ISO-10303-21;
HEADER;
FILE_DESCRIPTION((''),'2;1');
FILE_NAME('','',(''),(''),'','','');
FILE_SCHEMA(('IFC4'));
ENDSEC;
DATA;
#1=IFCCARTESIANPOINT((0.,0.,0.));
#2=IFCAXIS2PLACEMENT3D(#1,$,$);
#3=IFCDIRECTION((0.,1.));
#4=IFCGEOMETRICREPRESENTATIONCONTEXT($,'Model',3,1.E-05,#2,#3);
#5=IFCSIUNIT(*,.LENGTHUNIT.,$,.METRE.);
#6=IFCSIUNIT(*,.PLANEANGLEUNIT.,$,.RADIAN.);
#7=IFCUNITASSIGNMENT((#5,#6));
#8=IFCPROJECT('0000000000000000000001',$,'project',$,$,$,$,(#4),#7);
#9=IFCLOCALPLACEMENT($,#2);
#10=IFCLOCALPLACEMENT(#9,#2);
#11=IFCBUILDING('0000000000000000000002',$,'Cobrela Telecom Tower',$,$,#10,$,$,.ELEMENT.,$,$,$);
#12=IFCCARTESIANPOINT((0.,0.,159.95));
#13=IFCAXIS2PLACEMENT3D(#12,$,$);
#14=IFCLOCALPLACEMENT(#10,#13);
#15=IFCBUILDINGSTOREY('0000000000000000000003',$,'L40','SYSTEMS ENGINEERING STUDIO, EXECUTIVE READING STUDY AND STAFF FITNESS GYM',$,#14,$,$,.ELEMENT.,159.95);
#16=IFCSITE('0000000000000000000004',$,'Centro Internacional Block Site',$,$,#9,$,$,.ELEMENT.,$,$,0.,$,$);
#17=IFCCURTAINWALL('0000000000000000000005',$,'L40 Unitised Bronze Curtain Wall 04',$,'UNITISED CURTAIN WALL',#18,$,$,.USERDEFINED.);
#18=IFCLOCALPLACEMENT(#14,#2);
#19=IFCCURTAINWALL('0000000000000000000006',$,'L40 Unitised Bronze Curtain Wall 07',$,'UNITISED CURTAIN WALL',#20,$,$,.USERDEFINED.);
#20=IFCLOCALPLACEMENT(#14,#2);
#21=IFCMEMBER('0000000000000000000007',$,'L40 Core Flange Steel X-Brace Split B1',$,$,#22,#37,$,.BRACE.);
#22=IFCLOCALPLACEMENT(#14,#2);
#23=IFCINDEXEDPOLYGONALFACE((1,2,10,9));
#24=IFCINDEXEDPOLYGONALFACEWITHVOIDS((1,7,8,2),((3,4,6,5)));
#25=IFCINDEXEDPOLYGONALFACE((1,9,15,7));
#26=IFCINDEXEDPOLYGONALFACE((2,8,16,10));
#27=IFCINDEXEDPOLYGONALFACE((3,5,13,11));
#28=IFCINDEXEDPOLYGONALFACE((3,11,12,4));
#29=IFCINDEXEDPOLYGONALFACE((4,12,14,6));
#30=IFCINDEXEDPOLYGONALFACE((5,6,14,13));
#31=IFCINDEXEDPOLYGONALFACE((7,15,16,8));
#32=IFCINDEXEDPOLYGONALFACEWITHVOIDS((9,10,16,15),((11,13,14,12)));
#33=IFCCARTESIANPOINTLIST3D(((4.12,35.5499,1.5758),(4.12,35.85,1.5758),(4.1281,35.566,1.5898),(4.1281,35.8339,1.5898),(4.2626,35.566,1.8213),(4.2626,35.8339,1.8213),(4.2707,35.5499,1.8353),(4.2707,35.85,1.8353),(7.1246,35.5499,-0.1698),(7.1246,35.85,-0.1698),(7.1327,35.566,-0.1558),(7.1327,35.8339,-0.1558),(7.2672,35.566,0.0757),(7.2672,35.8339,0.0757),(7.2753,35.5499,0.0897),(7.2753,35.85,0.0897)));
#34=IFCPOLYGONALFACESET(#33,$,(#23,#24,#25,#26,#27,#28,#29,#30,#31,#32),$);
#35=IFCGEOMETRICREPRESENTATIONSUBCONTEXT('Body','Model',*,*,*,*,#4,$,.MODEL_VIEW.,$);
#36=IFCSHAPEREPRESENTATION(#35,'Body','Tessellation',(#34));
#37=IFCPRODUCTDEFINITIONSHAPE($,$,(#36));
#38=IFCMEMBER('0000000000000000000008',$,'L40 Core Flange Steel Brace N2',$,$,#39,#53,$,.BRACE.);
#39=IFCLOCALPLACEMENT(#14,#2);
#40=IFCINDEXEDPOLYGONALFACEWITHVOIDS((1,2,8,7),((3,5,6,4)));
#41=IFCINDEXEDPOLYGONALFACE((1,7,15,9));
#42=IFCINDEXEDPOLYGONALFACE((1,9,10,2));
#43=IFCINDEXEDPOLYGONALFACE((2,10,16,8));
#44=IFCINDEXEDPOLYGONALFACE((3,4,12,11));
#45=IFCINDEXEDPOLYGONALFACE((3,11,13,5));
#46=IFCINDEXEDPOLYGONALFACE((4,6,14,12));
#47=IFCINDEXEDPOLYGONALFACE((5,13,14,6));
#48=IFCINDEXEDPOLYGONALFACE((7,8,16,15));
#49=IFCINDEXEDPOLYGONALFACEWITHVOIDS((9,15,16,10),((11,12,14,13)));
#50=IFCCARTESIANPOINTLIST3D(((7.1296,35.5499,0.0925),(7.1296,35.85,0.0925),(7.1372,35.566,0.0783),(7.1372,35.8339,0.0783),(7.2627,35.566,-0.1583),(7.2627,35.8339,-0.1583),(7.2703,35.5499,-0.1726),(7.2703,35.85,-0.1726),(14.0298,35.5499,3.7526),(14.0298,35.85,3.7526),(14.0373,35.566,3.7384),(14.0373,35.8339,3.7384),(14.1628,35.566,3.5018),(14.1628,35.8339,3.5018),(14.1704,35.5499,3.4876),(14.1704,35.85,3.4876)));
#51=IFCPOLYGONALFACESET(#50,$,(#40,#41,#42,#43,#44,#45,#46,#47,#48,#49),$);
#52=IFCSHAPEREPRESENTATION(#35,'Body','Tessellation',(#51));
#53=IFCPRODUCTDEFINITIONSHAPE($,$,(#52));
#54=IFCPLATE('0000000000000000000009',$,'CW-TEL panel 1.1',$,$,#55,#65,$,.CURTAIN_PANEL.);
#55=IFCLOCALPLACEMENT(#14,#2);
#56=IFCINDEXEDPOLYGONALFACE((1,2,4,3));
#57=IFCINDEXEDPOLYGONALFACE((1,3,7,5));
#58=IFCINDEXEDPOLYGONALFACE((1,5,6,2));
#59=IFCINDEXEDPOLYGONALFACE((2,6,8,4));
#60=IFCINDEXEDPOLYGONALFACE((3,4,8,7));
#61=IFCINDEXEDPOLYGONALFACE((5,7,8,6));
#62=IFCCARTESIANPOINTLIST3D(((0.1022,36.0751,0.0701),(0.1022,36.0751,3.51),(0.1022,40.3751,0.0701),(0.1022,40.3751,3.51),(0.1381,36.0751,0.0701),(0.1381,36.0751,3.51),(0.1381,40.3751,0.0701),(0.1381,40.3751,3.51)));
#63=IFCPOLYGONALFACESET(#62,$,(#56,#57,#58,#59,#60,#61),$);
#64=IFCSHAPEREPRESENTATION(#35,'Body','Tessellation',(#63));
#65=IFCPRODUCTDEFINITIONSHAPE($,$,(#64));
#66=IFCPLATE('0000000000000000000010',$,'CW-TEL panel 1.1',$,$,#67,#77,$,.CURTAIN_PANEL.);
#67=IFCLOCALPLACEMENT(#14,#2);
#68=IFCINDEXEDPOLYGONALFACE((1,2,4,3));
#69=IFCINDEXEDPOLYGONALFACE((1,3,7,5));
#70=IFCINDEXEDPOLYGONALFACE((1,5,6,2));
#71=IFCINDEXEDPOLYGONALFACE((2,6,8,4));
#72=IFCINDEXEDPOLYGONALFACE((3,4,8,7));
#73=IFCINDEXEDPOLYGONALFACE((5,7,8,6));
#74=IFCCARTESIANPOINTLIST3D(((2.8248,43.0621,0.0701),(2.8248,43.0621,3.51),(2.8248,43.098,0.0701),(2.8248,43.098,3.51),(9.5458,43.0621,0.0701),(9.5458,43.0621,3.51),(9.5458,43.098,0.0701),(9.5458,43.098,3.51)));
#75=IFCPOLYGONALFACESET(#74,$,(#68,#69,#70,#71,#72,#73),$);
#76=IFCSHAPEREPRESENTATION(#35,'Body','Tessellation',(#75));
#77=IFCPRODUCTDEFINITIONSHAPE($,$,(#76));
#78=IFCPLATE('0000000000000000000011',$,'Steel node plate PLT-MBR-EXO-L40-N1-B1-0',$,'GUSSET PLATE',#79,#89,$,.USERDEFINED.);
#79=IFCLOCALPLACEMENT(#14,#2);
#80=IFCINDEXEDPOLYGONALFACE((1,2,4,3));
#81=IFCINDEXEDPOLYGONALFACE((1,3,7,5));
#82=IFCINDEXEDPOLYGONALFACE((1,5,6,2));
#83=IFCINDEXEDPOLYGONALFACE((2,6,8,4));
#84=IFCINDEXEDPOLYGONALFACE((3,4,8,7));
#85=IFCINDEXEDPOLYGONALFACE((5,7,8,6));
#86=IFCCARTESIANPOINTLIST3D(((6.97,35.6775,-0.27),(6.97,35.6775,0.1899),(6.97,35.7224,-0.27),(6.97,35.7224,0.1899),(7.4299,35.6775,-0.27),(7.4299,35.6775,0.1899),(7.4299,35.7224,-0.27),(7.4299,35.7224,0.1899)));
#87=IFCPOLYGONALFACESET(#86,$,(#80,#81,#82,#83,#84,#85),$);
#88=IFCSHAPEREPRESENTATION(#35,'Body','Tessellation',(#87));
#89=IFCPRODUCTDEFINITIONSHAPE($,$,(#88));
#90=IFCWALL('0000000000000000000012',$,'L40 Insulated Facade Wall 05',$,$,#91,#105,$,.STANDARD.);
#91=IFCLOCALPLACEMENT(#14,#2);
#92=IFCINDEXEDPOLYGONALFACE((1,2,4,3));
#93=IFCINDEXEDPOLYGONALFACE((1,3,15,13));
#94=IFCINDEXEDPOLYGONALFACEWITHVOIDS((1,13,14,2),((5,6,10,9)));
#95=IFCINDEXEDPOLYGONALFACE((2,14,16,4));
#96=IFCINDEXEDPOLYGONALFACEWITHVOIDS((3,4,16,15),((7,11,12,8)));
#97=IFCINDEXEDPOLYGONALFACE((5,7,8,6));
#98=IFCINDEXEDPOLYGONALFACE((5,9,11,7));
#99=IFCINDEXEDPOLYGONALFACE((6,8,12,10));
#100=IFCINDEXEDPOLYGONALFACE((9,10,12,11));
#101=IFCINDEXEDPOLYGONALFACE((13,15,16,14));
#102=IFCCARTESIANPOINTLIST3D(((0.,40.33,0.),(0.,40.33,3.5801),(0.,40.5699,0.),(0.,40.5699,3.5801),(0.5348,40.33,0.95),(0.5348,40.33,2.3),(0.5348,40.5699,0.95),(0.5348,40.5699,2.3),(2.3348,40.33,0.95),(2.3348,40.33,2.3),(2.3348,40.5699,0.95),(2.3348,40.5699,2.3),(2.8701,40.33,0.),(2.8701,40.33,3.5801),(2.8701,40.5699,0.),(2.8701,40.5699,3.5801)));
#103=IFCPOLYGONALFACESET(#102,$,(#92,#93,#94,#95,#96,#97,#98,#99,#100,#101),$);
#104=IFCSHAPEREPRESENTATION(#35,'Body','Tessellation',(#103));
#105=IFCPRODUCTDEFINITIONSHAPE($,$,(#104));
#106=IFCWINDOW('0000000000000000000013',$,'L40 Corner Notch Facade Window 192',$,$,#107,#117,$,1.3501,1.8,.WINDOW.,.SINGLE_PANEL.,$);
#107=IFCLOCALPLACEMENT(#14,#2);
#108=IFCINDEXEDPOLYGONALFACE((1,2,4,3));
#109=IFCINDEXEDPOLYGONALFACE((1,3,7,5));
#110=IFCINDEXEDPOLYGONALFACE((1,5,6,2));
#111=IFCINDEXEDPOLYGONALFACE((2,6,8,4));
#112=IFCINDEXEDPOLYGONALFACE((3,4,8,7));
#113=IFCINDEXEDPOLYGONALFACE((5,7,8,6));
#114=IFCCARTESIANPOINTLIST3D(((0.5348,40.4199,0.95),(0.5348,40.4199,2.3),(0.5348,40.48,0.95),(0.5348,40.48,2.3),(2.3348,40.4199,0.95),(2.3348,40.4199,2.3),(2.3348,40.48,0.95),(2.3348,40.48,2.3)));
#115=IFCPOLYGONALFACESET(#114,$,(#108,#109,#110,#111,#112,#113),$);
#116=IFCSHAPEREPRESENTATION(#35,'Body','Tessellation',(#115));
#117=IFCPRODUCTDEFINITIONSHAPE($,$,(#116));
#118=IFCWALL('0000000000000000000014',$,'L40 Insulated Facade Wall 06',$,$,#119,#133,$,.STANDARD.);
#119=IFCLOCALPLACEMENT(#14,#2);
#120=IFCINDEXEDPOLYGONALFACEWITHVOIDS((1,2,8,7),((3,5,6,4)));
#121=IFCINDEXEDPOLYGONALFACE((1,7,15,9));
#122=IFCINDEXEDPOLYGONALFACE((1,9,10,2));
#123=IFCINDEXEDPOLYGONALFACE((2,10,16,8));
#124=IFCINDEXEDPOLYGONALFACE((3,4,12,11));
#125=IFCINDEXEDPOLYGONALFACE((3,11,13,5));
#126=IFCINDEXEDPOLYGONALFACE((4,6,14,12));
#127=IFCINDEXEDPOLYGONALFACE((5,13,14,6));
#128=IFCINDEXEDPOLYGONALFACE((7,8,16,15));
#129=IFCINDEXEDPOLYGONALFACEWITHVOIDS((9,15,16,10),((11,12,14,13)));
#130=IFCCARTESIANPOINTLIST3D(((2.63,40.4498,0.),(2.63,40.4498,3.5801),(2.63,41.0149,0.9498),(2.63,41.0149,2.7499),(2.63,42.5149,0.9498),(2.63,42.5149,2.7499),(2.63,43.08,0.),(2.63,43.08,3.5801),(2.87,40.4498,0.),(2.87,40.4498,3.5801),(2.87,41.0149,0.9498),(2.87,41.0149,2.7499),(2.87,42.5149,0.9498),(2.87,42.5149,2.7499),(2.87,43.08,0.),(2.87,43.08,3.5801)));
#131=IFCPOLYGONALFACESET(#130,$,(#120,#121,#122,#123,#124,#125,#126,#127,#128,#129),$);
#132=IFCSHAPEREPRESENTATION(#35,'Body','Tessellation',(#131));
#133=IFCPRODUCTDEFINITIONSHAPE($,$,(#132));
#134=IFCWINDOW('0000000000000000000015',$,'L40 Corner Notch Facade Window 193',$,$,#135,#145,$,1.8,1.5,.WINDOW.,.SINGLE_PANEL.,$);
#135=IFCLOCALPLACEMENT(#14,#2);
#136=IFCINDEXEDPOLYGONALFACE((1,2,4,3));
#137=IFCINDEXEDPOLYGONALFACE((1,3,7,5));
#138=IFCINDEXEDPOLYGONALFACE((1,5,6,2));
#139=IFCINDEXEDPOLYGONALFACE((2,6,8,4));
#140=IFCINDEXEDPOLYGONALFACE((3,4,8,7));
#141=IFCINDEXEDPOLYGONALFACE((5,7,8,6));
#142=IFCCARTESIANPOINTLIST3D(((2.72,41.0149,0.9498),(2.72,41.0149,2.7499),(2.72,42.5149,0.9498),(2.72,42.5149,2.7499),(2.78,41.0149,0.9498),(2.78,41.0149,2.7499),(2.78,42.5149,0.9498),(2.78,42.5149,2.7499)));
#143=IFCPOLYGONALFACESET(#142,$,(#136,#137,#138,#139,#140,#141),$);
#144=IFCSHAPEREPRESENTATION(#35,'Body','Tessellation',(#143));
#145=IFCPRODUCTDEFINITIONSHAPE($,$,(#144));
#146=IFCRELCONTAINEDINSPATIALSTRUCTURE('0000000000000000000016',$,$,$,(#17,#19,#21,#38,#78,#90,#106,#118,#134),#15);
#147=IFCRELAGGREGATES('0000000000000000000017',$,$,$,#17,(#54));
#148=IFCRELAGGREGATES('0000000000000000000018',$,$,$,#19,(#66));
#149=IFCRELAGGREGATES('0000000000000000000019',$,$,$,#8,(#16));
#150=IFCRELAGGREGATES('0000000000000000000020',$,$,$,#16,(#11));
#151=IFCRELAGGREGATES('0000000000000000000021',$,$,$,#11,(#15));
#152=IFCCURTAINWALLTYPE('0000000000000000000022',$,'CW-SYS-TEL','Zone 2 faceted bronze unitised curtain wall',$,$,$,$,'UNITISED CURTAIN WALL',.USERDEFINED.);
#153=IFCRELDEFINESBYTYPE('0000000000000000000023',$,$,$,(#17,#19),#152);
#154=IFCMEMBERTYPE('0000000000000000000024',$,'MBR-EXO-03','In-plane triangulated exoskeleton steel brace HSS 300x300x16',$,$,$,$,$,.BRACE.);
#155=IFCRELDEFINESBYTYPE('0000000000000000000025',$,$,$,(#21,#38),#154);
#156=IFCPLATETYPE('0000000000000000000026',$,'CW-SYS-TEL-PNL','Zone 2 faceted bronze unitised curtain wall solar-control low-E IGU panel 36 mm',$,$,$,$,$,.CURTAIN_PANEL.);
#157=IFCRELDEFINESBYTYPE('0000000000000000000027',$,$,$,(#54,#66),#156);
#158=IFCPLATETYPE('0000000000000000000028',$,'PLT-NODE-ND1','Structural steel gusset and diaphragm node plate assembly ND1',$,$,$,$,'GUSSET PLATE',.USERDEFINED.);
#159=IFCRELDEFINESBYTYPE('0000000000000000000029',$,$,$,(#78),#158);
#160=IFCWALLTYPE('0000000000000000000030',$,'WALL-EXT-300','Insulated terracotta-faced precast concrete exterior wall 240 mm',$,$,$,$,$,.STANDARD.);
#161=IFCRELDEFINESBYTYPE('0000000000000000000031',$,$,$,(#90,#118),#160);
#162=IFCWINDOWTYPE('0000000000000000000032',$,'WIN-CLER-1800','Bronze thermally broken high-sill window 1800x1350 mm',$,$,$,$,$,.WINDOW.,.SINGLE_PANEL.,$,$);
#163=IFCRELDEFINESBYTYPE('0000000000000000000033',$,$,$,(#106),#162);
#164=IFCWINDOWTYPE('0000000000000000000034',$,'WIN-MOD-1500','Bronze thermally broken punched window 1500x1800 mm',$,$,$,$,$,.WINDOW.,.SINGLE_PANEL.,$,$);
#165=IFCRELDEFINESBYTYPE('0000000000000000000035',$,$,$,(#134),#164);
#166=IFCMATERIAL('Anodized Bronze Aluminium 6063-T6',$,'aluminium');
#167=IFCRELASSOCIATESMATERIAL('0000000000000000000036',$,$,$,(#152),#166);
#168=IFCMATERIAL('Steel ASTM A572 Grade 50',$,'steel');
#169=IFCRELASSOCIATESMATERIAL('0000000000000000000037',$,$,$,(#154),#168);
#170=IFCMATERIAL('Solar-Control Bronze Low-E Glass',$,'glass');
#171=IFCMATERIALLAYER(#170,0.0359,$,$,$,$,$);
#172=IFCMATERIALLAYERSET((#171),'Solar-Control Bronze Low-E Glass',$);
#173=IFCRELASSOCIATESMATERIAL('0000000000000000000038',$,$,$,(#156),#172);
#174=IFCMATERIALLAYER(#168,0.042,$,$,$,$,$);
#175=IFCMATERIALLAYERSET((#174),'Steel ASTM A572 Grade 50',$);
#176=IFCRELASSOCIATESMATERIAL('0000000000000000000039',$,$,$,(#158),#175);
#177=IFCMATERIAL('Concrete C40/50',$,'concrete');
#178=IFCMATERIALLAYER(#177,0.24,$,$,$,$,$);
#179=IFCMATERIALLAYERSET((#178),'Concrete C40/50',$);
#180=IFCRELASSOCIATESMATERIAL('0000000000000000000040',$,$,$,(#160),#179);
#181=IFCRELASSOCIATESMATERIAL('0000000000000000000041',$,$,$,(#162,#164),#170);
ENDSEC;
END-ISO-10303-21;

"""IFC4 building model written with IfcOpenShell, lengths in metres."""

from ifc_helpers import new_model, si_unit, direction, frame, frame_2d, origin, origin_2d, place, context, subcontext, project, spatial, rectangle, hollow_rectangle, extrude, material, layer, layer_set, material_profile, profile_set, type_object, element, fill, aggregate, save


model = new_model("IFC4")

# Units and contexts
model_context = context("Model", 3, precision=1e-05, world=origin(), true_north=direction((0.0, 1.0)))
body_context = subcontext(model_context, "Body", "Model", "MODEL_VIEW")
ifc_project = project(units=[si_unit("LENGTHUNIT", "METRE"), si_unit("PLANEANGLEUNIT", "RADIAN")], contexts=[model_context])

# Site, building, storey
site_placement = place(None, origin())
site = spatial("IfcSite", under=ifc_project, at=site_placement, Name="Centro Internacional Block Site", CompositionType="ELEMENT", RefElevation=0.0)
building_placement = place(site_placement, origin())
building = spatial("IfcBuilding", under=site, at=building_placement, Name="Cobrela Telecom Tower", CompositionType="ELEMENT")
storey_placement = place(building_placement, frame((0.0, 0.0, 159.95)))
storey = spatial("IfcBuildingStorey", under=building, at=storey_placement, Name="L40", Description="SYSTEMS ENGINEERING STUDIO, EXECUTIVE READING STUDY AND STAFF FITNESS GYM", CompositionType="ELEMENT", Elevation=159.95)

# Shared definitions
ifc_material_1 = material(Name="Steel ASTM A572 Grade 50", Category="steel")

# Curtain walls
ifc_material_2 = material(Name="Anodized Bronze Aluminium 6063-T6", Category="aluminium")
curtain_wall_type = type_object("IfcCurtainWallType", Name="CW-SYS-TEL", Description="Zone 2 faceted bronze unitised curtain wall", ElementType="UNITISED CURTAIN WALL", PredefinedType="USERDEFINED", material=ifc_material_2)
curtain_wall_1_placement = place(storey_placement, origin())
curtain_wall_1 = element("IfcCurtainWall", 1, at=curtain_wall_1_placement, inside=storey, type_object=curtain_wall_type, Name="L40 Unitised Bronze Curtain Wall 04", ObjectType="UNITISED CURTAIN WALL", PredefinedType="USERDEFINED")
curtain_wall_2_placement = place(storey_placement, origin())
curtain_wall_2 = element("IfcCurtainWall", 2, at=curtain_wall_2_placement, inside=storey, type_object=curtain_wall_type, Name="L40 Unitised Bronze Curtain Wall 07", ObjectType="UNITISED CURTAIN WALL", PredefinedType="USERDEFINED")

# Members
ifc_material_profile_1 = material_profile(ifc_material_1, hollow_rectangle(XDim=0.3, YDim=0.3, WallThickness=0.0161, at=origin_2d()), Name="HSS 300x300x16")
ifc_profile_set_1 = profile_set([ifc_material_profile_1], Name="Steel ASTM A572 Grade 50")
member_type_1 = type_object("IfcMemberType", Name="MBR-EXO-03", Description="In-plane triangulated exoskeleton steel brace HSS 300x300x16", PredefinedType="BRACE", material=ifc_profile_set_1)
member_1_placement = place(storey_placement, frame((7.2, 35.7, -0.04), z_axis=(-0.864667, 0.0, 0.502346), x_axis=(0.0, -1.0, 0.0)))
element("IfcMember", 3, at=member_1_placement, inside=storey, type_object=member_type_1, Name="L40 Core Flange Steel X-Brace Split B1", PredefinedType="BRACE", context=body_context, shape_type="SweptSolid", body=[
    extrude(hollow_rectangle(XDim=0.3, YDim=0.3, WallThickness=0.0161, at=origin_2d()), origin(), (0.0, 0.0, 1.0), 3.4749),
])
member_2_placement = place(storey_placement, frame((7.2, 35.7, -0.04), z_axis=(0.88341, 0.0, 0.468601), x_axis=(0.0, 1.0, 0.0)))
element("IfcMember", 4, at=member_2_placement, inside=storey, type_object=member_type_1, Name="L40 Core Flange Steel Brace N2", PredefinedType="BRACE", context=body_context, shape_type="SweptSolid", body=[
    extrude(hollow_rectangle(XDim=0.3, YDim=0.3, WallThickness=0.0161, at=origin_2d()), origin(), (0.0, 0.0, 1.0), 7.8108),
])

# Plates
ifc_material_3 = material(Name="Solar-Control Bronze Low-E Glass", Category="glass")
ifc_layer_1 = layer(ifc_material_3, 0.0359)
ifc_layer_set_1 = layer_set([ifc_layer_1], Name="Solar-Control Bronze Low-E Glass")
plate_type_1 = type_object("IfcPlateType", Name="CW-SYS-TEL-PNL", Description="Zone 2 faceted bronze unitised curtain wall solar-control low-E IGU panel 36 mm", PredefinedType="CURTAIN_PANEL", material=ifc_layer_set_1)
plate_1_placement = place(storey_placement, frame((0.1201, 38.2251, 0.0701), z_axis=(0.0, 0.0, 1.0), x_axis=(0.0, 1.0, 0.0)))
plate_1 = element("IfcPlate", 5, at=plate_1_placement, type_object=plate_type_1, Name="CW-TEL panel 1.1", PredefinedType="CURTAIN_PANEL", context=body_context, shape_type="SweptSolid", body=[
    extrude(rectangle(XDim=4.3, YDim=0.0359, at=origin_2d()), origin(), (0.0, 0.0, 1.0), 3.4399),
])
aggregate(curtain_wall_1, [plate_1])
plate_2_placement = place(storey_placement, frame((6.1853, 43.0801, 0.0701), z_axis=(0.0, 0.0, 1.0), x_axis=(1.0, 0.0, 0.0)))
plate_2 = element("IfcPlate", 6, at=plate_2_placement, type_object=plate_type_1, Name="CW-TEL panel 1.1", PredefinedType="CURTAIN_PANEL", context=body_context, shape_type="SweptSolid", body=[
    extrude(rectangle(XDim=6.7209, YDim=0.0359, at=origin_2d()), origin(), (0.0, 0.0, 1.0), 3.4399),
])
aggregate(curtain_wall_2, [plate_2])
ifc_layer_2 = layer(ifc_material_1, 0.042)
ifc_layer_set_2 = layer_set([ifc_layer_2], Name="Steel ASTM A572 Grade 50")
plate_type_2 = type_object("IfcPlateType", Name="PLT-NODE-ND1", Description="Structural steel gusset and diaphragm node plate assembly ND1", ElementType="GUSSET PLATE", PredefinedType="USERDEFINED", material=ifc_layer_set_2)
plate_3_placement = place(storey_placement, frame((7.2, 35.7, -0.27), z_axis=(0.0, 0.0, 1.0), x_axis=(-1.0, 0.0, 0.0)))
element("IfcPlate", 7, at=plate_3_placement, inside=storey, type_object=plate_type_2, Name="Steel node plate PLT-MBR-EXO-L40-N1-B1-0", ObjectType="GUSSET PLATE", PredefinedType="USERDEFINED", context=body_context, shape_type="SweptSolid", body=[
    extrude(rectangle(XDim=0.46, YDim=0.0449, at=origin_2d()), origin(), (0.0, 0.0, 1.0), 0.46),
])

# Walls, openings, windows
ifc_material_4 = material(Name="Concrete C40/50", Category="concrete")
ifc_layer_3 = layer(ifc_material_4, 0.24)
ifc_layer_set_3 = layer_set([ifc_layer_3], Name="Concrete C40/50")
wall_type = type_object("IfcWallType", Name="WALL-EXT-300", Description="Insulated terracotta-faced precast concrete exterior wall 240 mm", PredefinedType="STANDARD", material=ifc_layer_set_3)
wall_1_placement = place(storey_placement, frame((0.0, 40.45, 0.0), z_axis=(0.0, 0.0, 1.0), x_axis=(1.0, 0.0, 0.0)))
wall_1 = element("IfcWall", 8, at=wall_1_placement, inside=storey, type_object=wall_type, Name="L40 Insulated Facade Wall 05", PredefinedType="STANDARD", context=body_context, shape_type="SweptSolid", body=[
    extrude(rectangle(XDim=2.8701, YDim=0.24, at=frame_2d((1.4351, 0.0))), origin(), (0.0, 0.0, 1.0), 3.5801),
])
opening_1_placement = place(wall_1_placement, frame((0.5349, 0.0, 0.95)))
opening_1 = element("IfcOpeningElement", 9, at=opening_1_placement, cuts=wall_1, PredefinedType="OPENING", context=body_context, shape_type="SweptSolid", body=[
    extrude(rectangle(XDim=1.8, YDim=1.3501, at=frame_2d((0.8999, 0.675))), frame((0.0, 0.1318, 0.0), z_axis=(0.0, -1.0, 0.0), x_axis=(1.0, 0.0, 0.0)), (0.0, 0.0, 1.0), 0.2639),
])
window_type_1 = type_object("IfcWindowType", Name="WIN-CLER-1800", Description="Bronze thermally broken high-sill window 1800x1350 mm", PartitioningType="SINGLE_PANEL", PredefinedType="WINDOW", material=ifc_material_3)
window_1_placement = place(opening_1_placement, origin())
window_1 = element("IfcWindow", 10, at=window_1_placement, inside=storey, type_object=window_type_1, Name="L40 Corner Notch Facade Window 192", OverallHeight=1.3501, OverallWidth=1.8, PartitioningType="SINGLE_PANEL", PredefinedType="WINDOW", context=body_context, shape_type="SweptSolid", body=[
    extrude(rectangle(XDim=1.8, YDim=1.3501, at=frame_2d((0.8999, 0.675))), frame((0.0, 0.03, 0.0), z_axis=(0.0, -1.0, 0.0), x_axis=(1.0, 0.0, 0.0)), (0.0, 0.0, 1.0), 0.0601),
])
fill(opening_1, window_1)
wall_2_placement = place(storey_placement, frame((2.75, 40.45, 0.0), z_axis=(0.0, 0.0, 1.0), x_axis=(0.0, 1.0, 0.0)))
wall_2 = element("IfcWall", 11, at=wall_2_placement, inside=storey, type_object=wall_type, Name="L40 Insulated Facade Wall 06", PredefinedType="STANDARD", context=body_context, shape_type="SweptSolid", body=[
    extrude(rectangle(XDim=2.6301, YDim=0.24, at=frame_2d((1.3149, 0.0))), origin(), (0.0, 0.0, 1.0), 3.5801),
])
opening_2_placement = place(wall_2_placement, frame((0.5649, 0.0, 0.95)))
opening_2 = element("IfcOpeningElement", 12, at=opening_2_placement, cuts=wall_2, PredefinedType="OPENING", context=body_context, shape_type="SweptSolid", body=[
    extrude(rectangle(XDim=1.5, YDim=1.8, at=frame_2d((0.75, 0.8999))), frame((0.0, 0.1318, 0.0), z_axis=(0.0, -1.0, 0.0), x_axis=(1.0, 0.0, 0.0)), (0.0, 0.0, 1.0), 0.2639),
])
window_type_2 = type_object("IfcWindowType", Name="WIN-MOD-1500", Description="Bronze thermally broken punched window 1500x1800 mm", PartitioningType="SINGLE_PANEL", PredefinedType="WINDOW", material=ifc_material_3)
window_2_placement = place(opening_2_placement, origin())
window_2 = element("IfcWindow", 13, at=window_2_placement, inside=storey, type_object=window_type_2, Name="L40 Corner Notch Facade Window 193", OverallHeight=1.8, OverallWidth=1.5, PartitioningType="SINGLE_PANEL", PredefinedType="WINDOW", context=body_context, shape_type="SweptSolid", body=[
    extrude(rectangle(XDim=1.5, YDim=1.8, at=frame_2d((0.75, 0.8999))), frame((0.0, 0.03, 0.0), z_axis=(0.0, -1.0, 0.0), x_axis=(1.0, 0.0, 0.0)), (0.0, 0.0, 1.0), 0.0601),
])
fill(opening_2, window_2)

save(model, "model.ifc")
